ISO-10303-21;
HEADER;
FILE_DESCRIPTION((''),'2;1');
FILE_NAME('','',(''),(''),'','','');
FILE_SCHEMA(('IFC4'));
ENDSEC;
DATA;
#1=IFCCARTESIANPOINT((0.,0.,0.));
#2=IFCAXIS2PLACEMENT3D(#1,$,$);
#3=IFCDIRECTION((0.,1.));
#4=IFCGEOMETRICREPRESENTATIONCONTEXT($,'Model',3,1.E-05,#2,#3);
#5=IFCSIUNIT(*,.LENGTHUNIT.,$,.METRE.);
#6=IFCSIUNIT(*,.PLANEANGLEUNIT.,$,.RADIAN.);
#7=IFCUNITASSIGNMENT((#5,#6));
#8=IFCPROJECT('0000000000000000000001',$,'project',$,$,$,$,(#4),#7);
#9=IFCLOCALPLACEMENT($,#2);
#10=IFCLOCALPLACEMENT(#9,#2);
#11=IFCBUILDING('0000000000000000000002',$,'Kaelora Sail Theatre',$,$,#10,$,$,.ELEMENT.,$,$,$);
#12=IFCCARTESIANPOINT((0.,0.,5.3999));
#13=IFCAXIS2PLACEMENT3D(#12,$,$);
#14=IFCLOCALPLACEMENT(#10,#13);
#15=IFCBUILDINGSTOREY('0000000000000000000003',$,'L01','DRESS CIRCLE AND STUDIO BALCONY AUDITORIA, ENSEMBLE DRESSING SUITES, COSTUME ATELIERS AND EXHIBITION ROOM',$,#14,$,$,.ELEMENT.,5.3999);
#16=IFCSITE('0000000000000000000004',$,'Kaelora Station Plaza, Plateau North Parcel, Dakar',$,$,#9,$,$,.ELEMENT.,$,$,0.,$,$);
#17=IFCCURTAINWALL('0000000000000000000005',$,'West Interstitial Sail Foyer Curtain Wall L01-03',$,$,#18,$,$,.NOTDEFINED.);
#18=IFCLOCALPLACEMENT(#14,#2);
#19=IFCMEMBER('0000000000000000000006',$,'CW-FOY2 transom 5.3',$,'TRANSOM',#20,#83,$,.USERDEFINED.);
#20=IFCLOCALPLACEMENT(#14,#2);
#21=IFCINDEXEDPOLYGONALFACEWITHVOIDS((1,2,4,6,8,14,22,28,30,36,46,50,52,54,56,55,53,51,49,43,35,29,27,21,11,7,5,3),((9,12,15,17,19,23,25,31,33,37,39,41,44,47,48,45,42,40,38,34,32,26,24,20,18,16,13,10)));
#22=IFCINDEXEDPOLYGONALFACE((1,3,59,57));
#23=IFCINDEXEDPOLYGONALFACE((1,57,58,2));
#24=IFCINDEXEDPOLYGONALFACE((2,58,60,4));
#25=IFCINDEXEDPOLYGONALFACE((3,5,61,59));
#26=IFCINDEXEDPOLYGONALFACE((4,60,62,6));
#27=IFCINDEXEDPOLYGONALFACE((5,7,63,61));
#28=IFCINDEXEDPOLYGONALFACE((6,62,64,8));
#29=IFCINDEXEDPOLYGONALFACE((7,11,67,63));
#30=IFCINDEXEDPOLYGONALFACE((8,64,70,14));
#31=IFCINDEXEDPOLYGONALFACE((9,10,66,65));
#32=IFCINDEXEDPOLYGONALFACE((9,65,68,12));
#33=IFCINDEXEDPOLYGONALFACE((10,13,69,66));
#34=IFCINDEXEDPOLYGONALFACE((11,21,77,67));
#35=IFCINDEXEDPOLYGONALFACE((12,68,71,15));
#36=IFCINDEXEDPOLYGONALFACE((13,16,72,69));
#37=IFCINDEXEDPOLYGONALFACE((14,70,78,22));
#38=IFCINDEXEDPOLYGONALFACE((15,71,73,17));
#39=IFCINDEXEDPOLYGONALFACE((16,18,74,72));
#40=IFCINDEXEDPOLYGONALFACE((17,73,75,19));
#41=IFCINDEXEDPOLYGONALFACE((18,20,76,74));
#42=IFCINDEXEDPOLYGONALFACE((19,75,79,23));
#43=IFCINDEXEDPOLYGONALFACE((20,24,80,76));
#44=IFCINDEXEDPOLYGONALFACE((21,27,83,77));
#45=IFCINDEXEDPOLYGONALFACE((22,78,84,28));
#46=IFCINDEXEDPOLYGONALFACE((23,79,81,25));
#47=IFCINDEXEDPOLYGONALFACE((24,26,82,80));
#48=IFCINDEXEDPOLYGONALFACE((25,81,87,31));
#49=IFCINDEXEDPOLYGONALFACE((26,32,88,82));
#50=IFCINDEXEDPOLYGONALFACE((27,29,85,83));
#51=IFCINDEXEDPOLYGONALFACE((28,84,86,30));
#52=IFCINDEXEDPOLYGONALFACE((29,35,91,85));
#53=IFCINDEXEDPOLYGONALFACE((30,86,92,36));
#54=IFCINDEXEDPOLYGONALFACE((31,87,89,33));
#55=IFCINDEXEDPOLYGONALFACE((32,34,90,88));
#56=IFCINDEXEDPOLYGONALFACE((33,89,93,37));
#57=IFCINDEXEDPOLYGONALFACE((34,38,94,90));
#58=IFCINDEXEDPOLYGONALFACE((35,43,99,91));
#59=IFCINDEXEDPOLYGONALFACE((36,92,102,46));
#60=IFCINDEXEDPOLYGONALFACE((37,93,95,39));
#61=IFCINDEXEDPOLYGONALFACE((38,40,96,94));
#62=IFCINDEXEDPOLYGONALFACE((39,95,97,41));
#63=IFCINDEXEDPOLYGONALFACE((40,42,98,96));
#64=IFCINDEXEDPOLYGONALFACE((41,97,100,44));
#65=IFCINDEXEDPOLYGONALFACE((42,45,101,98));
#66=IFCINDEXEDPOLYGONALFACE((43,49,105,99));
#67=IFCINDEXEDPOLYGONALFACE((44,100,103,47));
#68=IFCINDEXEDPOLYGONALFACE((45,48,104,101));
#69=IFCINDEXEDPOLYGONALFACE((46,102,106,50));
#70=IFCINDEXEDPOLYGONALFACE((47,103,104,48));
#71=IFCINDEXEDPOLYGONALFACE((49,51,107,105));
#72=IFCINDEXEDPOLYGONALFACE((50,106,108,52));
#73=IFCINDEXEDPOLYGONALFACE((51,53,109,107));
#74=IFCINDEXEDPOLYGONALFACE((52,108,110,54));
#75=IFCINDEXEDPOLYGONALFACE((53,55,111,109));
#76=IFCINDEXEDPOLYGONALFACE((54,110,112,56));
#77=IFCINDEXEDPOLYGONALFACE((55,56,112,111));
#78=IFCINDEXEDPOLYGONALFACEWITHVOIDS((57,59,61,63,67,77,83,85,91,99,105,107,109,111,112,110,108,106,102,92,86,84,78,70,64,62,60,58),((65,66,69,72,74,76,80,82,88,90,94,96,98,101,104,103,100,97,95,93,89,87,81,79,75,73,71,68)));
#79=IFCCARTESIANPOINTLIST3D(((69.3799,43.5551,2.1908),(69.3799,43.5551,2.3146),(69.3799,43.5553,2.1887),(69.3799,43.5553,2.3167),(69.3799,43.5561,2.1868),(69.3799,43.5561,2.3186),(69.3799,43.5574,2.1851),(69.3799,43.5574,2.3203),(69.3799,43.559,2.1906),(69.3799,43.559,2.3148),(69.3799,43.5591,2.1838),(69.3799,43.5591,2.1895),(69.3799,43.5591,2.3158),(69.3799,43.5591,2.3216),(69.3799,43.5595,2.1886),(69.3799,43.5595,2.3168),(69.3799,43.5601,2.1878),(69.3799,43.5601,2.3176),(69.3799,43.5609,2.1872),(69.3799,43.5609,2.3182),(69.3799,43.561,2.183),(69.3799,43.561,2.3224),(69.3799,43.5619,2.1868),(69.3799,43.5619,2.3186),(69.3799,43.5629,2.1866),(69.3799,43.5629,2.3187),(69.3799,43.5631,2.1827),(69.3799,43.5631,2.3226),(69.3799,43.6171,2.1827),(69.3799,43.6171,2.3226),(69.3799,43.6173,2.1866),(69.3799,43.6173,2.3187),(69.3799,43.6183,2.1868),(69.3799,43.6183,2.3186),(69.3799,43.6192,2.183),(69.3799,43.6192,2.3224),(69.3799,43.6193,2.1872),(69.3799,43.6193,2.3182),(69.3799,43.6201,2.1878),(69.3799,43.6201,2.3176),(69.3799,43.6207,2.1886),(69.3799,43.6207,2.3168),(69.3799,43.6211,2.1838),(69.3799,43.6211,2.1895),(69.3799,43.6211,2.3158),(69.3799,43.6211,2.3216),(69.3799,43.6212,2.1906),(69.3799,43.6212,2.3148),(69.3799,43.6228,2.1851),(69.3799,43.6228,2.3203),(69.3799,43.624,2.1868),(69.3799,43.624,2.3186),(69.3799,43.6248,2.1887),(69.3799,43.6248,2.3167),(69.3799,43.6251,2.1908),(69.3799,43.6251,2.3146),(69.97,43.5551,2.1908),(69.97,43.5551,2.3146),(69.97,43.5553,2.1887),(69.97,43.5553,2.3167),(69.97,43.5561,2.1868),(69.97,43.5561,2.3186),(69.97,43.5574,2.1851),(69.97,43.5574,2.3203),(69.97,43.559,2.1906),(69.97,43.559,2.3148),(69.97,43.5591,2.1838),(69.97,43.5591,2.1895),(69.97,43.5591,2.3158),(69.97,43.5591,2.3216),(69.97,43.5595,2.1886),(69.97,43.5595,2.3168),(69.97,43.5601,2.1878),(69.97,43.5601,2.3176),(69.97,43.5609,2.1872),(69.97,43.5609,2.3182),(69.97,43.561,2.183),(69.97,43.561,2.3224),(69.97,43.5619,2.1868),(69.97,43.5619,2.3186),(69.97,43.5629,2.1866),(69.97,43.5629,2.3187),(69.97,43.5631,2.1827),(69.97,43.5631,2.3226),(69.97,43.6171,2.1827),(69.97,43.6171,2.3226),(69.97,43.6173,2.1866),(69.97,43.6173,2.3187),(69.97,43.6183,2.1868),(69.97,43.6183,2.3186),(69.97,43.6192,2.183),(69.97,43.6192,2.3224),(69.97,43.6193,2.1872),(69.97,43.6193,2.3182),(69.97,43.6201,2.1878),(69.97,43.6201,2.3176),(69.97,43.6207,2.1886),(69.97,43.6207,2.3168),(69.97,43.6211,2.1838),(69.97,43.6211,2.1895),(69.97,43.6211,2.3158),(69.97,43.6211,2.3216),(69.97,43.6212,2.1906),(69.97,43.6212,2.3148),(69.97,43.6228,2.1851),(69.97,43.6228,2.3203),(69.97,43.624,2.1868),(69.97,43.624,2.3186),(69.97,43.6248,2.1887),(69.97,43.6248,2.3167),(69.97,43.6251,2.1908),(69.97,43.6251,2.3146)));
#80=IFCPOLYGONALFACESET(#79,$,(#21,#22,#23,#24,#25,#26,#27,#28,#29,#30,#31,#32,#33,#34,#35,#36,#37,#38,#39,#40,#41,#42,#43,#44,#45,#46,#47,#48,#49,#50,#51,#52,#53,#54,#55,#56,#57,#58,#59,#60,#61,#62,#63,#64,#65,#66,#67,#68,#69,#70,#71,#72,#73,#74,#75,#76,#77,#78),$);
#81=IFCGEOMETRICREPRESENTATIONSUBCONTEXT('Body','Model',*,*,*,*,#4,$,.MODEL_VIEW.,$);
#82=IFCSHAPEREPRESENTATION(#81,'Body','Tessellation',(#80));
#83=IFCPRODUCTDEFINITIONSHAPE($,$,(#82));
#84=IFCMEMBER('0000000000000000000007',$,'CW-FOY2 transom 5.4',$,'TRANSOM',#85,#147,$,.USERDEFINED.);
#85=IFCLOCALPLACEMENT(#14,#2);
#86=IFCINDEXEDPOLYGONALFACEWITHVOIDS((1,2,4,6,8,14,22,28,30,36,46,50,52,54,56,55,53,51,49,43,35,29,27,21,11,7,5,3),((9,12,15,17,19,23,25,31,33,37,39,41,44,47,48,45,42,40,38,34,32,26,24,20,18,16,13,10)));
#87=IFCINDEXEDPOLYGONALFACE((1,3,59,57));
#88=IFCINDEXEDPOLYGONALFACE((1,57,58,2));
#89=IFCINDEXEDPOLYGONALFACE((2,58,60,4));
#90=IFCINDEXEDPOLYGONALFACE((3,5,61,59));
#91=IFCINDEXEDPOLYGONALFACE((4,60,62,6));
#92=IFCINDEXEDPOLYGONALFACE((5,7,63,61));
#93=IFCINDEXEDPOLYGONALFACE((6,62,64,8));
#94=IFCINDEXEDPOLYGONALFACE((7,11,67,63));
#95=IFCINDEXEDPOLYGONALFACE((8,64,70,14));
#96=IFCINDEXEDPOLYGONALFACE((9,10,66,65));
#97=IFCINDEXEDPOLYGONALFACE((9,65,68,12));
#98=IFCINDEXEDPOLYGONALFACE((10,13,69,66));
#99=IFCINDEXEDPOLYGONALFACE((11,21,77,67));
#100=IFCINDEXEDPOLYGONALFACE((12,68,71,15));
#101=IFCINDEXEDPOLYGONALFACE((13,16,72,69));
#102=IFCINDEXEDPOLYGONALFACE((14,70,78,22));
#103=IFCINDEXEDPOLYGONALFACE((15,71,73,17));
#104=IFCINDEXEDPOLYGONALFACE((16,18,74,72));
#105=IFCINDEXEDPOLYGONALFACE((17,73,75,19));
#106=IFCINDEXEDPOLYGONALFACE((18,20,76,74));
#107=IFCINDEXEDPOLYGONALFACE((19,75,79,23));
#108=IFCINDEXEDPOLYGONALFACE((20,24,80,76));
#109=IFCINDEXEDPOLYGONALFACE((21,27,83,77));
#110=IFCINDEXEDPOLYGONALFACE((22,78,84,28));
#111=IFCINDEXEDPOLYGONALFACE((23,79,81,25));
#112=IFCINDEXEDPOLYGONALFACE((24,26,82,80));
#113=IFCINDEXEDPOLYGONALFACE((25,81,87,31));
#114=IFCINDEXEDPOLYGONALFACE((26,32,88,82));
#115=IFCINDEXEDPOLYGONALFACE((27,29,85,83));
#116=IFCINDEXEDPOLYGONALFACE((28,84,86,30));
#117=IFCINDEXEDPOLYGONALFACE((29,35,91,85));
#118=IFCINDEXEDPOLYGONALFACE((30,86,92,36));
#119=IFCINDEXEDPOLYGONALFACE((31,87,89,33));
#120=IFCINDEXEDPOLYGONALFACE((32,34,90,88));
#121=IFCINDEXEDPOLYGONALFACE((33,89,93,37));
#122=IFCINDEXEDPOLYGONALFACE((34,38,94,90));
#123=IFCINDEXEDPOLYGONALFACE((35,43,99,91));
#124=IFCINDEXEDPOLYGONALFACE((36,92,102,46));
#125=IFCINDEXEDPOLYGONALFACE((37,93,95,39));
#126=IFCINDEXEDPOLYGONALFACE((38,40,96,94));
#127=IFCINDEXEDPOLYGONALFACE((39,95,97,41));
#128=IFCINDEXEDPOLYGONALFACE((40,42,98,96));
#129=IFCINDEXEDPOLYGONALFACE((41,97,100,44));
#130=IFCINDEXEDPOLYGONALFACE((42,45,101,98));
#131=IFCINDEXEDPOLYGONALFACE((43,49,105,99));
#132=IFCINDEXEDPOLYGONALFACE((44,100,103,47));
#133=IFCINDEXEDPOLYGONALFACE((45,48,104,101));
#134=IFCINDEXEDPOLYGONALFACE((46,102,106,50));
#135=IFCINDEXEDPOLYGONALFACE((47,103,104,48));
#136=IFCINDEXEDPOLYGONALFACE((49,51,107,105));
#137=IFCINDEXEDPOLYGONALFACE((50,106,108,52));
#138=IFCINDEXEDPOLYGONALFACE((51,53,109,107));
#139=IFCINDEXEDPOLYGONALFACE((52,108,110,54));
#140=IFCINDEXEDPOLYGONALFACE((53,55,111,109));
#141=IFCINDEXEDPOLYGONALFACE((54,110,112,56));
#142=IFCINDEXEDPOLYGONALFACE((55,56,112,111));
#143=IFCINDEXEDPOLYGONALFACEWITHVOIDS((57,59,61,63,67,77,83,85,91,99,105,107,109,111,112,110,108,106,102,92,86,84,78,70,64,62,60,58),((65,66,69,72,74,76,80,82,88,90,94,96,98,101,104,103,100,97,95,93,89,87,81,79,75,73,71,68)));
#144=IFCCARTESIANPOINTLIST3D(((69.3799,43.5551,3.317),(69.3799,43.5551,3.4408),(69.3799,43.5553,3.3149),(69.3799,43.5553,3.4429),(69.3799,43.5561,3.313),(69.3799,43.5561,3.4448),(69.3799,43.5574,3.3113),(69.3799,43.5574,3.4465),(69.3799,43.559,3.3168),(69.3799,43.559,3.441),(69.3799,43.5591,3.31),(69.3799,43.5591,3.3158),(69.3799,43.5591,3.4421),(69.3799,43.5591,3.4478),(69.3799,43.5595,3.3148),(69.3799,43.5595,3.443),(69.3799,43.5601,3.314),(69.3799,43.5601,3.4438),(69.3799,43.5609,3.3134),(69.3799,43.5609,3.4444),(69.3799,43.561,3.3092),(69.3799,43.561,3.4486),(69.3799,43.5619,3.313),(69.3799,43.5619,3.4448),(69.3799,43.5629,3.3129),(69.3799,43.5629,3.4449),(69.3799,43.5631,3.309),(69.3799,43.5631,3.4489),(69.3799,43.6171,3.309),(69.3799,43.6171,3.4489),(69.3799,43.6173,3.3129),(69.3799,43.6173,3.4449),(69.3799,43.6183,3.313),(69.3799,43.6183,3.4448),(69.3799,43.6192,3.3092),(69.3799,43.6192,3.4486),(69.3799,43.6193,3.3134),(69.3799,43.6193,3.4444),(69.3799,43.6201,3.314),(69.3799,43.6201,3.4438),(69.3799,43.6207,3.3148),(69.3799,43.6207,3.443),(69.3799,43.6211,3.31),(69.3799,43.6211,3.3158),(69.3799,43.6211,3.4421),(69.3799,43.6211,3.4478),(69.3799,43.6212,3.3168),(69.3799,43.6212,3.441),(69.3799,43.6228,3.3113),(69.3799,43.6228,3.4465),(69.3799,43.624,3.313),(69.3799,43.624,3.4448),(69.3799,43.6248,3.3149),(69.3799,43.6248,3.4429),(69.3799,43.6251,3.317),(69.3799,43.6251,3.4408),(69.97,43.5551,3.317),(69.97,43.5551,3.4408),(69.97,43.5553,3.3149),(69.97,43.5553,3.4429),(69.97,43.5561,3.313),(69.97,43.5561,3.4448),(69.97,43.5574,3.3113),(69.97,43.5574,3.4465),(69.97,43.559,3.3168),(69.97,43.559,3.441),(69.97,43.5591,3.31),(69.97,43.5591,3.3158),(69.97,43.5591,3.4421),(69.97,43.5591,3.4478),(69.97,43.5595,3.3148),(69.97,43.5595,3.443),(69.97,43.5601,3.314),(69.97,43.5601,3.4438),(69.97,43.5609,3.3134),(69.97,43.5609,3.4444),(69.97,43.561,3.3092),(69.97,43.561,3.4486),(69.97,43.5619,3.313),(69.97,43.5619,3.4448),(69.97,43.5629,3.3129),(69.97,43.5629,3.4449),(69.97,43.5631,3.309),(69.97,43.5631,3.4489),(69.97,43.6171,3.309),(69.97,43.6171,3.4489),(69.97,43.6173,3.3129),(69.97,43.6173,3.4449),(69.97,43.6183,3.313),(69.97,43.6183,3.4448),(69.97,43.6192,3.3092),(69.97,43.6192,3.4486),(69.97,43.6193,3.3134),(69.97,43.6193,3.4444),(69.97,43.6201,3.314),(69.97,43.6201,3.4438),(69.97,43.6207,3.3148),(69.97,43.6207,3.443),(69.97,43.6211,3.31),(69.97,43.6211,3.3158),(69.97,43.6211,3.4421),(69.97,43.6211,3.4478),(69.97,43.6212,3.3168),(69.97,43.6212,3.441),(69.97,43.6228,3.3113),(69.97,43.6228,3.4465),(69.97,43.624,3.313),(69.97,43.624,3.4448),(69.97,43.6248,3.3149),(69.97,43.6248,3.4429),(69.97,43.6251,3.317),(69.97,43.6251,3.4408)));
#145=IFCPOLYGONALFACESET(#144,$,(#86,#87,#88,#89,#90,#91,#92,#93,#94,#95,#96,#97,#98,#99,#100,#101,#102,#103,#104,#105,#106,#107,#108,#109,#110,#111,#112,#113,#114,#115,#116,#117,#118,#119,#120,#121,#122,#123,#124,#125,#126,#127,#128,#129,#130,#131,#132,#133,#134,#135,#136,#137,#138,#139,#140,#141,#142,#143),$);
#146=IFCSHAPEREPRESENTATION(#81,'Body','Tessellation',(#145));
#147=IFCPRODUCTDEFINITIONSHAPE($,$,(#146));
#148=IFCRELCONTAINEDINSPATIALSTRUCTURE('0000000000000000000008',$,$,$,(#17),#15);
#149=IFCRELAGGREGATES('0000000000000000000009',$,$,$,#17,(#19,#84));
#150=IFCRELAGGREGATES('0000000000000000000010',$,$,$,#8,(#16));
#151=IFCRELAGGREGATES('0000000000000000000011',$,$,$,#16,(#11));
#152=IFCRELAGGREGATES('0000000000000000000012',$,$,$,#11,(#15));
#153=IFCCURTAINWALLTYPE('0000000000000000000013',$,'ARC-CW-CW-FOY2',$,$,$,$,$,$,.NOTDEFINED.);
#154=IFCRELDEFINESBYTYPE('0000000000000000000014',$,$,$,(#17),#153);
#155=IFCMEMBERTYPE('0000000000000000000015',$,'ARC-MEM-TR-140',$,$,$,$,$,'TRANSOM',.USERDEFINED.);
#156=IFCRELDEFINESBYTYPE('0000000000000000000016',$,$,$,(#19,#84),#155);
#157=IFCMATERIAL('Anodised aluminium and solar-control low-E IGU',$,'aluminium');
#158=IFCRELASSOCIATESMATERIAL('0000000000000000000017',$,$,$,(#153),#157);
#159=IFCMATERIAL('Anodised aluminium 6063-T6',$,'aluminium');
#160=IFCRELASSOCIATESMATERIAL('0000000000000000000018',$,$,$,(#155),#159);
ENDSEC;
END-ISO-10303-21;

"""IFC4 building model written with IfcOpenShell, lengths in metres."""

from ifc_helpers import new_model, si_unit, direction, frame, origin, origin_2d, place, context, subcontext, project, spatial, hollow_rectangle, extrude, material, material_profile, profile_set, type_object, element, aggregate, save


model = new_model("IFC4")

# Units and contexts
model_context = context("Model", 3, precision=1e-05, world=origin(), true_north=direction((0.0, 1.0)))
body_context = subcontext(model_context, "Body", "Model", "MODEL_VIEW")
ifc_project = project(units=[si_unit("LENGTHUNIT", "METRE"), si_unit("PLANEANGLEUNIT", "RADIAN")], contexts=[model_context])

# Site, building, storey
site_placement = place(None, origin())
site = spatial("IfcSite", under=ifc_project, at=site_placement, Name="Kaelora Station Plaza, Plateau North Parcel, Dakar", CompositionType="ELEMENT", RefElevation=0.0)
building_placement = place(site_placement, origin())
building = spatial("IfcBuilding", under=site, at=building_placement, Name="Kaelora Sail Theatre", CompositionType="ELEMENT")
storey_placement = place(building_placement, frame((0.0, 0.0, 5.3999)))
storey = spatial("IfcBuildingStorey", under=building, at=storey_placement, Name="L01", Description="DRESS CIRCLE AND STUDIO BALCONY AUDITORIA, ENSEMBLE DRESSING SUITES, COSTUME ATELIERS AND EXHIBITION ROOM", CompositionType="ELEMENT", Elevation=5.3999)

# Curtain wall
ifc_material_1 = material(Name="Anodised aluminium and solar-control low-E IGU", Category="aluminium")
curtain_wall_type = type_object("IfcCurtainWallType", Name="ARC-CW-CW-FOY2", PredefinedType="NOTDEFINED", material=ifc_material_1)
curtain_wall_1_placement = place(storey_placement, origin())
curtain_wall_1 = element("IfcCurtainWall", 1, at=curtain_wall_1_placement, inside=storey, type_object=curtain_wall_type, Name="West Interstitial Sail Foyer Curtain Wall L01-03", PredefinedType="NOTDEFINED")

# Members
ifc_material_2 = material(Name="Anodised aluminium 6063-T6", Category="aluminium")
ifc_material_profile_1 = material_profile(ifc_material_2, hollow_rectangle(XDim=0.0701, YDim=0.1399, WallThickness=0.0039, InnerFilletRadius=0.0039, OuterFilletRadius=0.0081, at=origin_2d()), Name="ALU-TRAN 70x140x4")
ifc_profile_set_1 = profile_set([ifc_material_profile_1], Name="Anodised aluminium 6063-T6")
member_type_1 = type_object("IfcMemberType", Name="ARC-MEM-TR-140", ElementType="TRANSOM", PredefinedType="USERDEFINED", material=ifc_profile_set_1)
member_1_placement = place(storey_placement, frame((69.3799, 43.5901, 2.2527), z_axis=(1.0, 0.0, 0.0), x_axis=(0.0, 1.0, 0.0)))
member_1 = element("IfcMember", 2, at=member_1_placement, type_object=member_type_1, Name="CW-FOY2 transom 5.3", ObjectType="TRANSOM", PredefinedType="USERDEFINED", context=body_context, shape_type="SweptSolid", body=[
    extrude(hollow_rectangle(XDim=0.0701, YDim=0.1399, WallThickness=0.0039, InnerFilletRadius=0.0039, OuterFilletRadius=0.0081, at=origin_2d()), origin(), (0.0, 0.0, 1.0), 0.5901),
])
member_2_placement = place(storey_placement, frame((69.3799, 43.5901, 3.3789), z_axis=(1.0, 0.0, 0.0), x_axis=(0.0, 1.0, 0.0)))
member_2 = element("IfcMember", 3, at=member_2_placement, type_object=member_type_1, Name="CW-FOY2 transom 5.4", ObjectType="TRANSOM", PredefinedType="USERDEFINED", context=body_context, shape_type="SweptSolid", body=[
    extrude(hollow_rectangle(XDim=0.0701, YDim=0.1399, WallThickness=0.0039, InnerFilletRadius=0.0039, OuterFilletRadius=0.0081, at=origin_2d()), origin(), (0.0, 0.0, 1.0), 0.5901),
])

aggregate(curtain_wall_1, [member_1, member_2])

save(model, "model.ifc")
